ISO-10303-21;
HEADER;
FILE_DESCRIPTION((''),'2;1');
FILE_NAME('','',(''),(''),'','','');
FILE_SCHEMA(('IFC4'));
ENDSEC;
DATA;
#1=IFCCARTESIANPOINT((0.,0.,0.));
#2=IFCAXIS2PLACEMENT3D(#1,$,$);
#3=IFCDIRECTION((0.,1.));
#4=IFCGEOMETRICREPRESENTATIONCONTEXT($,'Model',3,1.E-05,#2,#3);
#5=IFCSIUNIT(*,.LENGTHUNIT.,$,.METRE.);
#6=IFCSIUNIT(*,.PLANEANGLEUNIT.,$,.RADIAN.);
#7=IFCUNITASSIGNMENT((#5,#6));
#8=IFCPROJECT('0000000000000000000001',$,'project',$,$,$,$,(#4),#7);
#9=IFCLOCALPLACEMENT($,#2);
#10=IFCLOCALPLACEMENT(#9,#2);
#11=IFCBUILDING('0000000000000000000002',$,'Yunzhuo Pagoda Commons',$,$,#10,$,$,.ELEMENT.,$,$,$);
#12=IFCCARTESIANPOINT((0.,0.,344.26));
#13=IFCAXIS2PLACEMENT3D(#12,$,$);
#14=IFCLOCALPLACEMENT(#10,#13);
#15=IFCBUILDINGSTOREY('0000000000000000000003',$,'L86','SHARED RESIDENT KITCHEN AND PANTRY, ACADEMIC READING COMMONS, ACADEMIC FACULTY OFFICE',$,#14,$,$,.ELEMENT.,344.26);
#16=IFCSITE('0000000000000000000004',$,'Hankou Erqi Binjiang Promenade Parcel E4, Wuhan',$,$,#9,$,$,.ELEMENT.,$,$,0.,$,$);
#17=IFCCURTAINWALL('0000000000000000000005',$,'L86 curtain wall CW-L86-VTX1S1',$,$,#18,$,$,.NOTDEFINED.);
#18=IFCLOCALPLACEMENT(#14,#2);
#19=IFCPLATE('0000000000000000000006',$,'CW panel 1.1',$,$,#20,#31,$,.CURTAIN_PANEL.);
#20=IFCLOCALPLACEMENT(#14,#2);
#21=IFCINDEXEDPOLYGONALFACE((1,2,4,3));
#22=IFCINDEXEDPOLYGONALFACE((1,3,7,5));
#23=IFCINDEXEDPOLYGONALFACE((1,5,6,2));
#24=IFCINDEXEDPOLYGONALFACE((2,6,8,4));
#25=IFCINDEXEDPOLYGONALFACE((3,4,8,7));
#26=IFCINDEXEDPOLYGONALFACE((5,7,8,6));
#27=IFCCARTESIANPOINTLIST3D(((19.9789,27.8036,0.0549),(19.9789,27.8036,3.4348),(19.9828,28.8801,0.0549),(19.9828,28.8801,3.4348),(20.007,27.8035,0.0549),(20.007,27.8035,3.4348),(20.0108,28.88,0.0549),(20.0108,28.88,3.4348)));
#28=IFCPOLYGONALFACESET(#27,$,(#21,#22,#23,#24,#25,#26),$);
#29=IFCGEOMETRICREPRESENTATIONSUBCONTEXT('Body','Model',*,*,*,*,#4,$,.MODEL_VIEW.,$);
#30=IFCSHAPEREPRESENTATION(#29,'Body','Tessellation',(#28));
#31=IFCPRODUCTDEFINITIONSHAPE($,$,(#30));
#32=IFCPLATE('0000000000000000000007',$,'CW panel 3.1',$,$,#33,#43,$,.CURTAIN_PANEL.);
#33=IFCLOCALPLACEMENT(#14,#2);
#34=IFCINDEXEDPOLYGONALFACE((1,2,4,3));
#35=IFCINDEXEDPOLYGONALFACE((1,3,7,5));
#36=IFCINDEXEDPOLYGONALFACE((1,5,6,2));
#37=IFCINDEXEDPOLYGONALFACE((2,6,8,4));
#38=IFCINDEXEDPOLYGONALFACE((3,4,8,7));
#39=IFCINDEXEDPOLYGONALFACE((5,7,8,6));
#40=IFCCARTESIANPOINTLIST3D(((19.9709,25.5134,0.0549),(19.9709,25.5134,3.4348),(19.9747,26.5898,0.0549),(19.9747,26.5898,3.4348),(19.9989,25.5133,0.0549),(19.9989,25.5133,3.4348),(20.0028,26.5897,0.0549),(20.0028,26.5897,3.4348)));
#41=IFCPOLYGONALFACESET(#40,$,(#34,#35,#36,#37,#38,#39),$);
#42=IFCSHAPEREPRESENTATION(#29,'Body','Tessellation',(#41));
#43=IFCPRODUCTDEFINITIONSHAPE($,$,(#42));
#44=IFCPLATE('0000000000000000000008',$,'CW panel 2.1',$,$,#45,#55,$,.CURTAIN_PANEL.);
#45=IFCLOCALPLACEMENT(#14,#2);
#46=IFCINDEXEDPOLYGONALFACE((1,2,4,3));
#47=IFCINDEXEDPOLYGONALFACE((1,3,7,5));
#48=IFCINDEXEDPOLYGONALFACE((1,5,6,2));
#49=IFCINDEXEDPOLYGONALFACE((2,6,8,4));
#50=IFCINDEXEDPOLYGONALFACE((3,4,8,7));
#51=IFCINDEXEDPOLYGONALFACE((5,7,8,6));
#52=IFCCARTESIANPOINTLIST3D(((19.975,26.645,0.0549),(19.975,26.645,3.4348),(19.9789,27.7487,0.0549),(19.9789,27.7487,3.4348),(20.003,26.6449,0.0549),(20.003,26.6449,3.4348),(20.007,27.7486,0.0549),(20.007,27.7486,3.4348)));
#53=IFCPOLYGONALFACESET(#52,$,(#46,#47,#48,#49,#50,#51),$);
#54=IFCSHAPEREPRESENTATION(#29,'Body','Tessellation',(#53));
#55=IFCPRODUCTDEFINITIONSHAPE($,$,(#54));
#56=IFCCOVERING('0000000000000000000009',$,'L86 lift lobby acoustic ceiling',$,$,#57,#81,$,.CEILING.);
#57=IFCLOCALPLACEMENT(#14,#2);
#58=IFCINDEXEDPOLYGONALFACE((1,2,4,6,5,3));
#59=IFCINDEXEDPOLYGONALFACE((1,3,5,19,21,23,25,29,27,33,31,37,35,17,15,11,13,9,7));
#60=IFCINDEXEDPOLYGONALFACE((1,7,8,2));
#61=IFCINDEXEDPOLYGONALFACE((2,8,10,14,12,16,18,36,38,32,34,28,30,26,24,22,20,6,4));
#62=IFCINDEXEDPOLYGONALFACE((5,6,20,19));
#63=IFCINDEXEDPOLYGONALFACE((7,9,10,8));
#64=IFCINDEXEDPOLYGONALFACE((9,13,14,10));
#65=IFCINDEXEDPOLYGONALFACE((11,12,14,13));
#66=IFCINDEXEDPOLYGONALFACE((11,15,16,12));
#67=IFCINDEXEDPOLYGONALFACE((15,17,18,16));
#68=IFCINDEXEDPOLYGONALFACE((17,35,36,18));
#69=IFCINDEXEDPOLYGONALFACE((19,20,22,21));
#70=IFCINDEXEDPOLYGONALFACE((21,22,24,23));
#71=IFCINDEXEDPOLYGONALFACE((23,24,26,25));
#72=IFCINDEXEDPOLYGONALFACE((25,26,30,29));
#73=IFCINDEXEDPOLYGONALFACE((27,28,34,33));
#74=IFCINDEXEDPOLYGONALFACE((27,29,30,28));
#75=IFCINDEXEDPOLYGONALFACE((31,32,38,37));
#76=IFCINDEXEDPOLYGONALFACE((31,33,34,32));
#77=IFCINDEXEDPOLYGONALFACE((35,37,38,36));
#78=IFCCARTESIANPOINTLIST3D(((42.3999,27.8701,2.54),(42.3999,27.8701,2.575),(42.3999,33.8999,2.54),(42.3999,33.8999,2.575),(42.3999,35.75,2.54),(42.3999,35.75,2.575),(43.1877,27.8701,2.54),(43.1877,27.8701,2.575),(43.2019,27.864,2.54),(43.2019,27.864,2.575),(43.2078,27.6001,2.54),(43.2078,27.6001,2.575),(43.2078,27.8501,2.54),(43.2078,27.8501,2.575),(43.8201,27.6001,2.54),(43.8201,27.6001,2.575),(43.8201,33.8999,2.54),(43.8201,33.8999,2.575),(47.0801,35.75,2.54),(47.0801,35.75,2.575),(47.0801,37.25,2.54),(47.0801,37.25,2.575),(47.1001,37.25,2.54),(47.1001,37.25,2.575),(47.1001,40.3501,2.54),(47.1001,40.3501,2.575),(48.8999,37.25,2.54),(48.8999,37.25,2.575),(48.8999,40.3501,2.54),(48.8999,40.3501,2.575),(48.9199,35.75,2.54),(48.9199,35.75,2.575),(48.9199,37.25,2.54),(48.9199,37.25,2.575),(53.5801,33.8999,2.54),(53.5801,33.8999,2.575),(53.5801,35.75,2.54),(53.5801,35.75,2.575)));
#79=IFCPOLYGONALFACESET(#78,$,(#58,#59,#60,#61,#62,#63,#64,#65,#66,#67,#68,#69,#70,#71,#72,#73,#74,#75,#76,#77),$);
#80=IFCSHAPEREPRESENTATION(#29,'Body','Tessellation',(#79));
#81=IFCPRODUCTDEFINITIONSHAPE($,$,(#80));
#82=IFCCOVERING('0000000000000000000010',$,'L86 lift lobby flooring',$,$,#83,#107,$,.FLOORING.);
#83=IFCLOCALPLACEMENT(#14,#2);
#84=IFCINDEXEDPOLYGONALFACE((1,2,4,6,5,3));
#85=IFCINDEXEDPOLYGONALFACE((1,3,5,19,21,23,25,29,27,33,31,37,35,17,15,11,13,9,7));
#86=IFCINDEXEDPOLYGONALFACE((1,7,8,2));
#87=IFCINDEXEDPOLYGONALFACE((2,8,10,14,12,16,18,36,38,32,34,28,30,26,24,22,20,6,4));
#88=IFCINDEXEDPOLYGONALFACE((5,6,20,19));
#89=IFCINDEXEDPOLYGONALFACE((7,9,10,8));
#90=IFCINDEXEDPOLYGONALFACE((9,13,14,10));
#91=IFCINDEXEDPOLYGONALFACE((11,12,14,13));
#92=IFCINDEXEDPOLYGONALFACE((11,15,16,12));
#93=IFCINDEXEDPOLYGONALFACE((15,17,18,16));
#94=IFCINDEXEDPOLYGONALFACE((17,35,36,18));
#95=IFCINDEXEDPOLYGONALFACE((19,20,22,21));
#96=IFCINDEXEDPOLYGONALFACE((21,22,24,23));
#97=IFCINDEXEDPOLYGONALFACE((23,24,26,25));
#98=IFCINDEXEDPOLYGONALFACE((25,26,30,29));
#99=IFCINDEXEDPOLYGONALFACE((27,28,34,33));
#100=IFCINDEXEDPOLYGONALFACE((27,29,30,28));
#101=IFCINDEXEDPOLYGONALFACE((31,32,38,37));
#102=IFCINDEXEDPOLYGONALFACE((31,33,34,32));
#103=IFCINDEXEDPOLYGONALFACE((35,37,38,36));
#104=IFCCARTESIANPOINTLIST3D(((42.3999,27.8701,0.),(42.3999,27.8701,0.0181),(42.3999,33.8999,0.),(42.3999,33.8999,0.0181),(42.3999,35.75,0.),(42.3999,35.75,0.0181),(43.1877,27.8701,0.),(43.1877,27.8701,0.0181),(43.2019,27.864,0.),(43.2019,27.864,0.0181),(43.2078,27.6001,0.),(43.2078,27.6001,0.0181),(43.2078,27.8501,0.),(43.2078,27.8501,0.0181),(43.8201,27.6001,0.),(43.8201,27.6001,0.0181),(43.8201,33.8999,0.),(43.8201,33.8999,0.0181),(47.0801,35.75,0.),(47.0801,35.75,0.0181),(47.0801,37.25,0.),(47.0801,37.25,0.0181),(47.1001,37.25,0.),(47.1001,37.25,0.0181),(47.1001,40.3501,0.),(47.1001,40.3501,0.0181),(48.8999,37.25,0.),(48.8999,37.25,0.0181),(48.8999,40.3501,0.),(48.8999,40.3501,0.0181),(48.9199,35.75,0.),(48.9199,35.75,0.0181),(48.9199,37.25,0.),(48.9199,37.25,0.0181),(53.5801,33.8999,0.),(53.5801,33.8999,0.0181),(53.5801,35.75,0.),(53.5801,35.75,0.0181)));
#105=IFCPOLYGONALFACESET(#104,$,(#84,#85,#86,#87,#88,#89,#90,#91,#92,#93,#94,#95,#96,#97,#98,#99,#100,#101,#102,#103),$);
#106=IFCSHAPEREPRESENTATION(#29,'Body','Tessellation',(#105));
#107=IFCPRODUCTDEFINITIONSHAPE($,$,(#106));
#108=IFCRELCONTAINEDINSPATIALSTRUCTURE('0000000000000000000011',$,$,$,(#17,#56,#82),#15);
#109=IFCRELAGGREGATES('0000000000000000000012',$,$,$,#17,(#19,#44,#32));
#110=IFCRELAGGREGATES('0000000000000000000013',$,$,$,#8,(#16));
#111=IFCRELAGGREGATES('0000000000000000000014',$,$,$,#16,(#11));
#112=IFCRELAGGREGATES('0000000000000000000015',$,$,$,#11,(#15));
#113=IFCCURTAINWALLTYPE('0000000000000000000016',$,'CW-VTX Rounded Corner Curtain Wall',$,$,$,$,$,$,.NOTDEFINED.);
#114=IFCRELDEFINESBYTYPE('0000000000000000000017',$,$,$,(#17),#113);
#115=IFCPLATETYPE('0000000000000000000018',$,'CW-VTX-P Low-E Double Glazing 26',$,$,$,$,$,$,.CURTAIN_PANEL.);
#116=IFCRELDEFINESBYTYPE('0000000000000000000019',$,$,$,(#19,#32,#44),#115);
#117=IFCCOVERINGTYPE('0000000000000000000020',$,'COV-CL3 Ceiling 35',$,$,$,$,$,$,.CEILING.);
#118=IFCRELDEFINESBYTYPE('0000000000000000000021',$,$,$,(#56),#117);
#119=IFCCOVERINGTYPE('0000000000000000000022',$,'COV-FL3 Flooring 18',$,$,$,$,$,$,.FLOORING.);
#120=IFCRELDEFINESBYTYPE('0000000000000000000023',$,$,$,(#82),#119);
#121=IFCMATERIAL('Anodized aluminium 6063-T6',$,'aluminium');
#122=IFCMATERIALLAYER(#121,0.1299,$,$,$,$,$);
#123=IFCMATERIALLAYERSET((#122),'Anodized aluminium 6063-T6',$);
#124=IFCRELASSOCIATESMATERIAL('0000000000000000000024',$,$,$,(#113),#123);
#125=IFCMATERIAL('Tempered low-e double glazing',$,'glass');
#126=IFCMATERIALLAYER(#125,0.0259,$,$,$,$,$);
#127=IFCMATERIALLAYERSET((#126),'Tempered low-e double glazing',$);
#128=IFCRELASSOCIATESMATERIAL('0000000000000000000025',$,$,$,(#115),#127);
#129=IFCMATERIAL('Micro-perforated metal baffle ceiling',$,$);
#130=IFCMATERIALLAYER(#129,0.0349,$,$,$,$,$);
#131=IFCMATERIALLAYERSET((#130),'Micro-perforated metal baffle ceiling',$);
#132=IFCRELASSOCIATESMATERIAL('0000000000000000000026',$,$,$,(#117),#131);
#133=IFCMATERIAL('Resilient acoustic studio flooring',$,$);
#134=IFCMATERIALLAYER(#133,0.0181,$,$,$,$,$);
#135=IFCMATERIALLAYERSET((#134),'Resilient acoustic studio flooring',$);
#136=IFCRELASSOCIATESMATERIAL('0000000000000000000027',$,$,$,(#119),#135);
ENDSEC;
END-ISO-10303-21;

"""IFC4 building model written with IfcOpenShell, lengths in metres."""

from ifc_helpers import new_model, si_unit, direction, frame, origin, origin_2d, place, context, subcontext, project, spatial, polyline, rectangle, outline, extrude, source, transform, mapped, material, layer, layer_set, type_object, element, aggregate, save


model = new_model("IFC4")

# Units and contexts
model_context = context("Model", 3, precision=1e-05, world=origin(), true_north=direction((0.0, 1.0)))
body_context = subcontext(model_context, "Body", "Model", "MODEL_VIEW")
ifc_project = project(units=[si_unit("LENGTHUNIT", "METRE"), si_unit("PLANEANGLEUNIT", "RADIAN")], contexts=[model_context])

# Site, building, storey
site_placement = place(None, origin())
site = spatial("IfcSite", under=ifc_project, at=site_placement, Name="Hankou Erqi Binjiang Promenade Parcel E4, Wuhan", CompositionType="ELEMENT", RefElevation=0.0)
building_placement = place(site_placement, origin())
building = spatial("IfcBuilding", under=site, at=building_placement, Name="Yunzhuo Pagoda Commons", CompositionType="ELEMENT")
storey_placement = place(building_placement, frame((0.0, 0.0, 344.26)))
storey = spatial("IfcBuildingStorey", under=building, at=storey_placement, Name="L86", Description="SHARED RESIDENT KITCHEN AND PANTRY, ACADEMIC READING COMMONS, ACADEMIC FACULTY OFFICE", CompositionType="ELEMENT", Elevation=344.26)

# Shared definitions
ifc_material_1 = material(Name="Anodized aluminium 6063-T6", Category="aluminium")

# Curtain wall
ifc_layer_1 = layer(ifc_material_1, 0.1299)
ifc_layer_set_1 = layer_set([ifc_layer_1], Name="Anodized aluminium 6063-T6")
curtain_wall_type_1 = type_object("IfcCurtainWallType", Name="CW-VTX Rounded Corner Curtain Wall", PredefinedType="NOTDEFINED", material=ifc_layer_set_1)
curtain_wall_1_placement = place(storey_placement, origin())
curtain_wall_1 = element("IfcCurtainWall", 1, at=curtain_wall_1_placement, inside=storey, type_object=curtain_wall_type_1, Name="L86 curtain wall CW-L86-VTX1S1", PredefinedType="NOTDEFINED")

# Plates
ifc_material_2 = material(Name="Tempered low-e double glazing", Category="glass")
ifc_layer_2 = layer(ifc_material_2, 0.0259)
ifc_layer_set_2 = layer_set([ifc_layer_2], Name="Tempered low-e double glazing")
plate_type = type_object("IfcPlateType", Name="CW-VTX-P Low-E Double Glazing 26", PredefinedType="CURTAIN_PANEL", material=ifc_layer_set_2)
shared_shape_1 = source(origin(), body_context, "Body", "SweptSolid", [
    extrude(rectangle(XDim=1.0764, YDim=0.0281, at=origin_2d()), origin(), (0.0, 0.0, 1.0), 3.3799),
])
plate_1_placement = place(storey_placement, frame((19.9949, 28.3418, 0.0549), z_axis=(0.0, 0.0, 1.0), x_axis=(-0.003567, -0.999994, 0.0)))
plate_1 = element("IfcPlate", 2, at=plate_1_placement, type_object=plate_type, Name="CW panel 1.1", PredefinedType="CURTAIN_PANEL", context=body_context, shape_type="MappedRepresentation", body=[
    mapped(shared_shape_1, transform((0.0, 0.0, 0.0), scale=1.0)),
])
plate_2_placement = place(storey_placement, frame((19.9868, 26.0515, 0.0549), z_axis=(0.0, 0.0, 1.0), x_axis=(-0.003567, -0.999994, 0.0)))
plate_2 = element("IfcPlate", 3, at=plate_2_placement, type_object=plate_type, Name="CW panel 3.1", PredefinedType="CURTAIN_PANEL", context=body_context, shape_type="MappedRepresentation", body=[
    mapped(shared_shape_1, transform((0.0, 0.0, 0.0), scale=1.0)),
])
shared_shape_2 = source(origin(), body_context, "Body", "SweptSolid", [
    extrude(rectangle(XDim=1.1038, YDim=0.0281, at=origin_2d()), origin(), (0.0, 0.0, 1.0), 3.3799),
])
plate_3_placement = place(storey_placement, frame((19.991, 27.1968, 0.0549), z_axis=(0.0, 0.0, 1.0), x_axis=(-0.003567, -0.999994, 0.0)))
plate_3 = element("IfcPlate", 4, at=plate_3_placement, type_object=plate_type, Name="CW panel 2.1", PredefinedType="CURTAIN_PANEL", context=body_context, shape_type="MappedRepresentation", body=[
    mapped(shared_shape_2, transform((0.0, 0.0, 0.0), scale=1.0)),
])
aggregate(curtain_wall_1, [plate_1, plate_3, plate_2])

# Coverings
ifc_material_3 = material(Name="Micro-perforated metal baffle ceiling")
ifc_layer_3 = layer(ifc_material_3, 0.0349)
ifc_layer_set_3 = layer_set([ifc_layer_3], Name="Micro-perforated metal baffle ceiling")
covering_type_1 = type_object("IfcCoveringType", Name="COV-CL3 Ceiling 35", PredefinedType="CEILING", material=ifc_layer_set_3)
covering_1_placement = place(storey_placement, frame((0.0, 0.0, 2.54)))
element("IfcCovering", 5, at=covering_1_placement, inside=storey, type_object=covering_type_1, Name="L86 lift lobby acoustic ceiling", PredefinedType="CEILING", context=body_context, shape_type="SweptSolid", body=[
    extrude(outline(polyline([(42.3999, 35.75), (47.0801, 35.75), (47.0801, 37.25), (47.1001, 37.25), (47.1001, 40.3501), (48.8999, 40.3501), (48.8999, 37.25), (48.9199, 37.25), (48.9199, 35.75), (53.5801, 35.75), (53.5801, 33.8999), (43.8201, 33.8999), (43.8201, 27.6001), (43.2078, 27.6001), (43.2078, 27.8501), (43.2019, 27.864), (43.1877, 27.8701), (42.3999, 27.8701), (42.3999, 33.8999), (42.3999, 35.75)])), origin(), (0.0, 0.0, 1.0), 0.0349),
])
ifc_material_4 = material(Name="Resilient acoustic studio flooring")
ifc_layer_4 = layer(ifc_material_4, 0.0181)
ifc_layer_set_4 = layer_set([ifc_layer_4], Name="Resilient acoustic studio flooring")
covering_type_2 = type_object("IfcCoveringType", Name="COV-FL3 Flooring 18", PredefinedType="FLOORING", material=ifc_layer_set_4)
covering_2_placement = place(storey_placement, origin())
element("IfcCovering", 6, at=covering_2_placement, inside=storey, type_object=covering_type_2, Name="L86 lift lobby flooring", PredefinedType="FLOORING", context=body_context, shape_type="SweptSolid", body=[
    extrude(outline(polyline([(42.3999, 35.75), (47.0801, 35.75), (47.0801, 37.25), (47.1001, 37.25), (47.1001, 40.3501), (48.8999, 40.3501), (48.8999, 37.25), (48.9199, 37.25), (48.9199, 35.75), (53.5801, 35.75), (53.5801, 33.8999), (43.8201, 33.8999), (43.8201, 27.6001), (43.2078, 27.6001), (43.2078, 27.8501), (43.2019, 27.864), (43.1877, 27.8701), (42.3999, 27.8701), (42.3999, 33.8999), (42.3999, 35.75)])), origin(), (0.0, 0.0, 1.0), 0.0181),
])

save(model, "model.ifc")
